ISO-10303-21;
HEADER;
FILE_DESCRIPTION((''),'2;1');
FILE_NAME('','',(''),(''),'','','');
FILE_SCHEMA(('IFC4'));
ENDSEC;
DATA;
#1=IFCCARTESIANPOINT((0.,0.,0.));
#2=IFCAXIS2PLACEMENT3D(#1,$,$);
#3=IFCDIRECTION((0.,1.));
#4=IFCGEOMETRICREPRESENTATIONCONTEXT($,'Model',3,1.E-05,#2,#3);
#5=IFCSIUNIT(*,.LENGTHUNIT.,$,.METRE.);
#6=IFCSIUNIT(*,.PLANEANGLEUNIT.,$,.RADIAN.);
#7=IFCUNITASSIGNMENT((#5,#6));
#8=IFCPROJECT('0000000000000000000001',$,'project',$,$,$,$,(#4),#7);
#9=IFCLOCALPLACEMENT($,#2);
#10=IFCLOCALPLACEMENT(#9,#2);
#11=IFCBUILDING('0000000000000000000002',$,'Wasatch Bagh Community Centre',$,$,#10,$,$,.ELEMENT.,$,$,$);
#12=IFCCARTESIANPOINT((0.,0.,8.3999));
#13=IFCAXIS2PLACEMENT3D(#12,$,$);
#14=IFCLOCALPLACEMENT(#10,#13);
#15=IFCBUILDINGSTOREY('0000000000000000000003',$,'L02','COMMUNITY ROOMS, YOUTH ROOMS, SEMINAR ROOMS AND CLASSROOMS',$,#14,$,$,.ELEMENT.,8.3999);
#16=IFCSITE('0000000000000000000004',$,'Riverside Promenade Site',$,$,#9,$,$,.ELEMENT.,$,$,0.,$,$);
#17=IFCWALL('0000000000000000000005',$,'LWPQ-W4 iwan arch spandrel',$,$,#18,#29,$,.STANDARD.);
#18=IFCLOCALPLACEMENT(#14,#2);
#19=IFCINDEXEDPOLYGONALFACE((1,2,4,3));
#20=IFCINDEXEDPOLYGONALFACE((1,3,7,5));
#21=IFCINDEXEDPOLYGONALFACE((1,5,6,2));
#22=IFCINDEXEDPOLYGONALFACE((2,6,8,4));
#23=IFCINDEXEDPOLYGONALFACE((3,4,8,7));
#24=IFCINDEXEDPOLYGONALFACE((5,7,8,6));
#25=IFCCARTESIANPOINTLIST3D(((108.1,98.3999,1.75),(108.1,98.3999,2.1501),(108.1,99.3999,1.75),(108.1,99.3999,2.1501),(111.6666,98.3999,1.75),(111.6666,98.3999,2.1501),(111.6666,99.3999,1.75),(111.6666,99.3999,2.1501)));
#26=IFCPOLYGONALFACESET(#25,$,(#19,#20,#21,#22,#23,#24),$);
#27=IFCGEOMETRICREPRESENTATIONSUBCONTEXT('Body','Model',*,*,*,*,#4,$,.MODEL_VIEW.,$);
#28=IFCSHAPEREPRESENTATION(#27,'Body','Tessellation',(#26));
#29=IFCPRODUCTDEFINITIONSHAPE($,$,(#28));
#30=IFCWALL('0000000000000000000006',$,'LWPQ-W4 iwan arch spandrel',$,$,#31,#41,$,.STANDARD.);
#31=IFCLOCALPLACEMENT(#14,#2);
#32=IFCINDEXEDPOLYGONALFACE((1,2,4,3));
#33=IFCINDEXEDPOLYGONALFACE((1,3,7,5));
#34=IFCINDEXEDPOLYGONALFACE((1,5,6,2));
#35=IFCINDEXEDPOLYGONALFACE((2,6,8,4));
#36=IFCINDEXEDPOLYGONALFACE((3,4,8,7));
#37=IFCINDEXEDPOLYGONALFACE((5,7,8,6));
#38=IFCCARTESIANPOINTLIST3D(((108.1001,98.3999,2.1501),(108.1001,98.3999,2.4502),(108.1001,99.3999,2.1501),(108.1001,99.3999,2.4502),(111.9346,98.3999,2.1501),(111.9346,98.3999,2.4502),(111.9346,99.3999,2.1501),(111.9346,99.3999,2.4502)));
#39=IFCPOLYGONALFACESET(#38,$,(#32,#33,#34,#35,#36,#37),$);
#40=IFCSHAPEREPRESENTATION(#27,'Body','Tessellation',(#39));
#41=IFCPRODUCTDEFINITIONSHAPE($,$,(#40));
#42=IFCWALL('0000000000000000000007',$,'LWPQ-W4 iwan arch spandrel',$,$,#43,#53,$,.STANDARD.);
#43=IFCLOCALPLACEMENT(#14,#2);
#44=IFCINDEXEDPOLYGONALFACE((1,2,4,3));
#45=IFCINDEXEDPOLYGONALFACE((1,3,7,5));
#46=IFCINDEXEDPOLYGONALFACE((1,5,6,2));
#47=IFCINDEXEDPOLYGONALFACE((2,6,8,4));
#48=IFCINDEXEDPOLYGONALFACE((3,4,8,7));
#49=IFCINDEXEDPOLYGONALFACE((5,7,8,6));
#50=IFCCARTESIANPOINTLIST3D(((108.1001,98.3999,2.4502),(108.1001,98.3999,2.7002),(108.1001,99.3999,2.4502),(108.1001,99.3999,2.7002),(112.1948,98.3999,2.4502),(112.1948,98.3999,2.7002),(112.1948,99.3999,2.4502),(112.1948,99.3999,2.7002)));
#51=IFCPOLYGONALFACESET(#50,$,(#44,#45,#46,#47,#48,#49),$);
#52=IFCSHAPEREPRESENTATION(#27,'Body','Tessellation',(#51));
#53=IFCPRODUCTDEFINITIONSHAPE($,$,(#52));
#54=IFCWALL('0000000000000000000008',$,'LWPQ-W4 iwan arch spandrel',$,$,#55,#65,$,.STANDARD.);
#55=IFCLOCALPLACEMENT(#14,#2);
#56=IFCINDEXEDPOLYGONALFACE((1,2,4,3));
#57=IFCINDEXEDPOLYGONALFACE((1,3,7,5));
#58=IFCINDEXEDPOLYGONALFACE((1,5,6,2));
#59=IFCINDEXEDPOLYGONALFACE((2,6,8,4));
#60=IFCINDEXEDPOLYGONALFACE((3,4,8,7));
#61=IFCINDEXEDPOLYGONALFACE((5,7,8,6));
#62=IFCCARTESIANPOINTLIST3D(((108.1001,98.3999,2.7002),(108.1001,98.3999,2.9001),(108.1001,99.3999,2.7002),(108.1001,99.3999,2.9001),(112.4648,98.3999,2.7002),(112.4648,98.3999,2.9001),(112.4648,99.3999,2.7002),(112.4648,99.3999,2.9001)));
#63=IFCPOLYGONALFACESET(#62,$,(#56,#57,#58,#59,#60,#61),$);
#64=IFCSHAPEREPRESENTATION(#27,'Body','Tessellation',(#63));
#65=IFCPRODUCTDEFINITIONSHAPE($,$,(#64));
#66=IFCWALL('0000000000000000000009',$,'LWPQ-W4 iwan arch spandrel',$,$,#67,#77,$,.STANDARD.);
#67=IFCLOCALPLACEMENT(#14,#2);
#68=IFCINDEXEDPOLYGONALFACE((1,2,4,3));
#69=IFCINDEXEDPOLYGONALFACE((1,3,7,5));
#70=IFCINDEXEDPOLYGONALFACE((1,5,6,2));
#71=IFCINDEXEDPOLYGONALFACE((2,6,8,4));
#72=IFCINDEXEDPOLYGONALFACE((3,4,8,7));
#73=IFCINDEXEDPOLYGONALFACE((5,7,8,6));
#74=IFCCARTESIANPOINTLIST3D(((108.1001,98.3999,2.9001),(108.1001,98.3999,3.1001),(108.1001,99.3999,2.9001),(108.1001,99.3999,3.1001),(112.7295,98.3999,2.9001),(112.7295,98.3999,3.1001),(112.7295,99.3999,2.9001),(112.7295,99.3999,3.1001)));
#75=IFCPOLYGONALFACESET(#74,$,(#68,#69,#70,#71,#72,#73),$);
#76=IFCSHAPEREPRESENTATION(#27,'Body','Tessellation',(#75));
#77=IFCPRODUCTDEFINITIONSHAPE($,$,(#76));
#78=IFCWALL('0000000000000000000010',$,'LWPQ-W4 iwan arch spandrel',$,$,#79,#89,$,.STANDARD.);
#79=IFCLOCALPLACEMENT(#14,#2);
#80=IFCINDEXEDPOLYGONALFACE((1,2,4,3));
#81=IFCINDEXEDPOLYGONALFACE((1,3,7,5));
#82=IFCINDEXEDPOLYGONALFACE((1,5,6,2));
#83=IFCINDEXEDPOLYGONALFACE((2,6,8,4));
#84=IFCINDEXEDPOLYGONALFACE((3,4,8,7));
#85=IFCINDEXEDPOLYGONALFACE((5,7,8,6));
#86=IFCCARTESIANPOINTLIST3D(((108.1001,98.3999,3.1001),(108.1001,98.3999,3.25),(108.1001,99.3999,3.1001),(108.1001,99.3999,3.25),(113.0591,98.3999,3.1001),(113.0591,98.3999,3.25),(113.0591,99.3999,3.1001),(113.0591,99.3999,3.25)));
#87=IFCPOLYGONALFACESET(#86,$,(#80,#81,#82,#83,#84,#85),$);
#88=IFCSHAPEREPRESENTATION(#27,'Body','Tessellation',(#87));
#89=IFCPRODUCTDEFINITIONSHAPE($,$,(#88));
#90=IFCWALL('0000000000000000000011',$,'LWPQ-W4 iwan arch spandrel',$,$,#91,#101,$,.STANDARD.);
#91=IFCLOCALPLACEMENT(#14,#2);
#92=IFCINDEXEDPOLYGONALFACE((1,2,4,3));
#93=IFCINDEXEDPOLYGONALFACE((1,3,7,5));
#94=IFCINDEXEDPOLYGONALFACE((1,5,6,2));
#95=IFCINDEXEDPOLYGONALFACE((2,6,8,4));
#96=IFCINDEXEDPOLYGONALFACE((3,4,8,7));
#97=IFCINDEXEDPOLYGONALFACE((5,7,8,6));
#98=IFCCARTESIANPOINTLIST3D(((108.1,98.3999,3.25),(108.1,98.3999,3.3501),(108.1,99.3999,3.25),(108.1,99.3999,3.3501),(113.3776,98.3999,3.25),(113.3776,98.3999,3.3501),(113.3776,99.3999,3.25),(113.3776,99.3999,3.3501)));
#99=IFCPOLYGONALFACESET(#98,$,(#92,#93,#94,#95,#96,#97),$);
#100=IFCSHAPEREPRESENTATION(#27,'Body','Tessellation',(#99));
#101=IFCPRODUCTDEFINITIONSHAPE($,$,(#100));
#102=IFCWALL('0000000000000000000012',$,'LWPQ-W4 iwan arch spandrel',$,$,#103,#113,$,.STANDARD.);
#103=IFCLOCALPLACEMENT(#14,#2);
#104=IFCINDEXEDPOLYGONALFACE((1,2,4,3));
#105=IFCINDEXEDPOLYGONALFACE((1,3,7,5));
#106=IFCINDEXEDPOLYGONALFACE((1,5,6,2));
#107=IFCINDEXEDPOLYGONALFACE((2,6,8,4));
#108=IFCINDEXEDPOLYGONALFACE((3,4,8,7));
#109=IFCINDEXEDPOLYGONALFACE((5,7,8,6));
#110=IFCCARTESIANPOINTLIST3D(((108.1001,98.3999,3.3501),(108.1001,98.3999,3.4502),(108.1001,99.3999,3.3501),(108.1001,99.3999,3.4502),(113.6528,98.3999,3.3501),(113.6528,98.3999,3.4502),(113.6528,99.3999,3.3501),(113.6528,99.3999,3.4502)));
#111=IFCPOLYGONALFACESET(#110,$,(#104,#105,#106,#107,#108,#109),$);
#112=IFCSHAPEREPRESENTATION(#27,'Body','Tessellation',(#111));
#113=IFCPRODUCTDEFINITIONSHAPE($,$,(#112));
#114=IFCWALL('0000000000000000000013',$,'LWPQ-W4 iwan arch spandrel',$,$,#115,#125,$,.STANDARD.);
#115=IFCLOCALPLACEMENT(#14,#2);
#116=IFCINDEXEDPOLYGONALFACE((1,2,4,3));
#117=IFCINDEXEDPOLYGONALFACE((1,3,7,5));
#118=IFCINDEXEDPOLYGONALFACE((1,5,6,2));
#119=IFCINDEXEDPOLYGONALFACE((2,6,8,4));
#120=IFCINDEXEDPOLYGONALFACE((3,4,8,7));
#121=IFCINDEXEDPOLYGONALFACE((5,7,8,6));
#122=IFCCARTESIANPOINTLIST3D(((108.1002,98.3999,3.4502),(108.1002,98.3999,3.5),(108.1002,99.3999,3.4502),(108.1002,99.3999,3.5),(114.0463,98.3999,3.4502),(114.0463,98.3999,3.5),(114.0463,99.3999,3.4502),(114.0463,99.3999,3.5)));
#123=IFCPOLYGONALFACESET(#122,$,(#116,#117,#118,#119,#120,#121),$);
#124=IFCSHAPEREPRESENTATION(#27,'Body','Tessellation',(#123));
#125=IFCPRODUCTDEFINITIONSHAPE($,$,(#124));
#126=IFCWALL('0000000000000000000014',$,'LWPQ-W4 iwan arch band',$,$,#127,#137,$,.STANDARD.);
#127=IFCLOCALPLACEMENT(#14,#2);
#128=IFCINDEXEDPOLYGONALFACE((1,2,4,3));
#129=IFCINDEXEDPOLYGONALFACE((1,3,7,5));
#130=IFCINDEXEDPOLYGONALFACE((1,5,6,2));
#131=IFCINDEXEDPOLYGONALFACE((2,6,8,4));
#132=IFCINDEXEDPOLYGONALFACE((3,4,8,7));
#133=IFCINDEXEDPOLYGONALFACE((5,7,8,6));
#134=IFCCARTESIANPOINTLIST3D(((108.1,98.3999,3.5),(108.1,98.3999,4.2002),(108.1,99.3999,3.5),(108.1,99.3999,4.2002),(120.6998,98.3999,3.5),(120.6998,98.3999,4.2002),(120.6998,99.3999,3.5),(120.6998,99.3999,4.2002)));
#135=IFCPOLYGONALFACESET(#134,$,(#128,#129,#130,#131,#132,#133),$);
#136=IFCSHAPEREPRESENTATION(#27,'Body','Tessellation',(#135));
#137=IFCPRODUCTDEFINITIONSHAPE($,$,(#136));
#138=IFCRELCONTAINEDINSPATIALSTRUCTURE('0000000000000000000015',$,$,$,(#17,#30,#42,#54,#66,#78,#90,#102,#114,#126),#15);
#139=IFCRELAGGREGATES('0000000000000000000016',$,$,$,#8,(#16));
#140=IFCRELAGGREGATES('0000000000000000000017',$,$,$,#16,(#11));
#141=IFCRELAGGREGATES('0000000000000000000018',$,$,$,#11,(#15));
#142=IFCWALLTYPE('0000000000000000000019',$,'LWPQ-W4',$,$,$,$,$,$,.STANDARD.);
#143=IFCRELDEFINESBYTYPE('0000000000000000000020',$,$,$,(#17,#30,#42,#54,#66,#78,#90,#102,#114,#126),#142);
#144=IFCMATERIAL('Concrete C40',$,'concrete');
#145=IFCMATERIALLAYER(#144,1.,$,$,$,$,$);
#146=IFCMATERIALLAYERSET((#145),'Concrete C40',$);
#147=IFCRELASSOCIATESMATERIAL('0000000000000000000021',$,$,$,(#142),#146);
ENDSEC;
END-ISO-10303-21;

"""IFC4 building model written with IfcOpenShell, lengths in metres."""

from ifc_helpers import new_model, si_unit, direction, frame, frame_2d, origin, place, context, subcontext, project, spatial, rectangle, extrude, material, layer, layer_set, type_object, element, save


model = new_model("IFC4")

# Units and contexts
model_context = context("Model", 3, precision=1e-05, world=origin(), true_north=direction((0.0, 1.0)))
body_context = subcontext(model_context, "Body", "Model", "MODEL_VIEW")
ifc_project = project(units=[si_unit("LENGTHUNIT", "METRE"), si_unit("PLANEANGLEUNIT", "RADIAN")], contexts=[model_context])

# Site, building, storey
site_placement = place(None, origin())
site = spatial("IfcSite", under=ifc_project, at=site_placement, Name="Riverside Promenade Site", CompositionType="ELEMENT", RefElevation=0.0)
building_placement = place(site_placement, origin())
building = spatial("IfcBuilding", under=site, at=building_placement, Name="Wasatch Bagh Community Centre", CompositionType="ELEMENT")
storey_placement = place(building_placement, frame((0.0, 0.0, 8.3999)))
storey = spatial("IfcBuildingStorey", under=building, at=storey_placement, Name="L02", Description="COMMUNITY ROOMS, YOUTH ROOMS, SEMINAR ROOMS AND CLASSROOMS", CompositionType="ELEMENT", Elevation=8.3999)

# Walls
ifc_material_1 = material(Name="Concrete C40", Category="concrete")
ifc_layer_1 = layer(ifc_material_1, 1.0)
ifc_layer_set_1 = layer_set([ifc_layer_1], Name="Concrete C40")
wall_type = type_object("IfcWallType", Name="LWPQ-W4", PredefinedType="STANDARD", material=ifc_layer_set_1)
wall_1_placement = place(storey_placement, frame((108.1001, 98.8999, 1.75), z_axis=(0.0, 0.0, 1.0), x_axis=(1.0, 0.0, 0.0)))
element("IfcWall", 1, at=wall_1_placement, inside=storey, type_object=wall_type, Name="LWPQ-W4 iwan arch spandrel", PredefinedType="STANDARD", context=body_context, shape_type="SweptSolid", body=[
    extrude(rectangle(XDim=3.5667, YDim=1.0, at=frame_2d((1.7832, 0.0))), origin(), (0.0, 0.0, 1.0), 0.4001),
])
wall_2_placement = place(storey_placement, frame((108.1001, 98.8999, 2.1501), z_axis=(0.0, 0.0, 1.0), x_axis=(1.0, 0.0, 0.0)))
element("IfcWall", 2, at=wall_2_placement, inside=storey, type_object=wall_type, Name="LWPQ-W4 iwan arch spandrel", PredefinedType="STANDARD", context=body_context, shape_type="SweptSolid", body=[
    extrude(rectangle(XDim=3.8345, YDim=1.0, at=frame_2d((1.9172, 0.0))), origin(), (0.0, 0.0, 1.0), 0.3),
])
wall_3_placement = place(storey_placement, frame((108.1001, 98.8999, 2.4502), z_axis=(0.0, 0.0, 1.0), x_axis=(1.0, 0.0, 0.0)))
element("IfcWall", 3, at=wall_3_placement, inside=storey, type_object=wall_type, Name="LWPQ-W4 iwan arch spandrel", PredefinedType="STANDARD", context=body_context, shape_type="SweptSolid", body=[
    extrude(rectangle(XDim=4.0947, YDim=1.0, at=frame_2d((2.0474, 0.0))), origin(), (0.0, 0.0, 1.0), 0.25),
])
wall_4_placement = place(storey_placement, frame((108.1001, 98.8999, 2.7002), z_axis=(0.0, 0.0, 1.0), x_axis=(1.0, 0.0, 0.0)))
element("IfcWall", 4, at=wall_4_placement, inside=storey, type_object=wall_type, Name="LWPQ-W4 iwan arch spandrel", PredefinedType="STANDARD", context=body_context, shape_type="SweptSolid", body=[
    extrude(rectangle(XDim=4.3647, YDim=1.0, at=frame_2d((2.1824, 0.0))), origin(), (0.0, 0.0, 1.0), 0.2),
])
wall_5_placement = place(storey_placement, frame((108.1001, 98.8999, 2.9001), z_axis=(0.0, 0.0, 1.0), x_axis=(1.0, 0.0, 0.0)))
element("IfcWall", 5, at=wall_5_placement, inside=storey, type_object=wall_type, Name="LWPQ-W4 iwan arch spandrel", PredefinedType="STANDARD", context=body_context, shape_type="SweptSolid", body=[
    extrude(rectangle(XDim=4.6294, YDim=1.0, at=frame_2d((2.3147, 0.0))), origin(), (0.0, 0.0, 1.0), 0.2),
])
wall_6_placement = place(storey_placement, frame((108.1001, 98.8999, 3.1001), z_axis=(0.0, 0.0, 1.0), x_axis=(1.0, 0.0, 0.0)))
element("IfcWall", 6, at=wall_6_placement, inside=storey, type_object=wall_type, Name="LWPQ-W4 iwan arch spandrel", PredefinedType="STANDARD", context=body_context, shape_type="SweptSolid", body=[
    extrude(rectangle(XDim=4.959, YDim=1.0, at=frame_2d((2.4795, 0.0))), origin(), (0.0, 0.0, 1.0), 0.1499),
])
wall_7_placement = place(storey_placement, frame((108.1001, 98.8999, 3.25), z_axis=(0.0, 0.0, 1.0), x_axis=(1.0, 0.0, 0.0)))
element("IfcWall", 7, at=wall_7_placement, inside=storey, type_object=wall_type, Name="LWPQ-W4 iwan arch spandrel", PredefinedType="STANDARD", context=body_context, shape_type="SweptSolid", body=[
    extrude(rectangle(XDim=5.2776, YDim=1.0, at=frame_2d((2.6387, 0.0))), origin(), (0.0, 0.0, 1.0), 0.1001),
])
wall_8_placement = place(storey_placement, frame((108.1001, 98.8999, 3.3501), z_axis=(0.0, 0.0, 1.0), x_axis=(1.0, 0.0, 0.0)))
element("IfcWall", 8, at=wall_8_placement, inside=storey, type_object=wall_type, Name="LWPQ-W4 iwan arch spandrel", PredefinedType="STANDARD", context=body_context, shape_type="SweptSolid", body=[
    extrude(rectangle(XDim=5.5527, YDim=1.0, at=frame_2d((2.7764, 0.0))), origin(), (0.0, 0.0, 1.0), 0.1001),
])
wall_9_placement = place(storey_placement, frame((108.1001, 98.8999, 3.4502), z_axis=(0.0, 0.0, 1.0), x_axis=(1.0, 0.0, 0.0)))
element("IfcWall", 9, at=wall_9_placement, inside=storey, type_object=wall_type, Name="LWPQ-W4 iwan arch spandrel", PredefinedType="STANDARD", context=body_context, shape_type="SweptSolid", body=[
    extrude(rectangle(XDim=5.946, YDim=1.0, at=frame_2d((2.9731, 0.0))), origin(), (0.0, 0.0, 1.0), 0.0498),
])
wall_10_placement = place(storey_placement, frame((108.1001, 98.8999, 3.5), z_axis=(0.0, 0.0, 1.0), x_axis=(1.0, 0.0, 0.0)))
element("IfcWall", 10, at=wall_10_placement, inside=storey, type_object=wall_type, Name="LWPQ-W4 iwan arch band", PredefinedType="STANDARD", context=body_context, shape_type="SweptSolid", body=[
    extrude(rectangle(XDim=12.5999, YDim=1.0, at=frame_2d((6.2998, 0.0))), origin(), (0.0, 0.0, 1.0), 0.7002),
])

save(model, "model.ifc")
